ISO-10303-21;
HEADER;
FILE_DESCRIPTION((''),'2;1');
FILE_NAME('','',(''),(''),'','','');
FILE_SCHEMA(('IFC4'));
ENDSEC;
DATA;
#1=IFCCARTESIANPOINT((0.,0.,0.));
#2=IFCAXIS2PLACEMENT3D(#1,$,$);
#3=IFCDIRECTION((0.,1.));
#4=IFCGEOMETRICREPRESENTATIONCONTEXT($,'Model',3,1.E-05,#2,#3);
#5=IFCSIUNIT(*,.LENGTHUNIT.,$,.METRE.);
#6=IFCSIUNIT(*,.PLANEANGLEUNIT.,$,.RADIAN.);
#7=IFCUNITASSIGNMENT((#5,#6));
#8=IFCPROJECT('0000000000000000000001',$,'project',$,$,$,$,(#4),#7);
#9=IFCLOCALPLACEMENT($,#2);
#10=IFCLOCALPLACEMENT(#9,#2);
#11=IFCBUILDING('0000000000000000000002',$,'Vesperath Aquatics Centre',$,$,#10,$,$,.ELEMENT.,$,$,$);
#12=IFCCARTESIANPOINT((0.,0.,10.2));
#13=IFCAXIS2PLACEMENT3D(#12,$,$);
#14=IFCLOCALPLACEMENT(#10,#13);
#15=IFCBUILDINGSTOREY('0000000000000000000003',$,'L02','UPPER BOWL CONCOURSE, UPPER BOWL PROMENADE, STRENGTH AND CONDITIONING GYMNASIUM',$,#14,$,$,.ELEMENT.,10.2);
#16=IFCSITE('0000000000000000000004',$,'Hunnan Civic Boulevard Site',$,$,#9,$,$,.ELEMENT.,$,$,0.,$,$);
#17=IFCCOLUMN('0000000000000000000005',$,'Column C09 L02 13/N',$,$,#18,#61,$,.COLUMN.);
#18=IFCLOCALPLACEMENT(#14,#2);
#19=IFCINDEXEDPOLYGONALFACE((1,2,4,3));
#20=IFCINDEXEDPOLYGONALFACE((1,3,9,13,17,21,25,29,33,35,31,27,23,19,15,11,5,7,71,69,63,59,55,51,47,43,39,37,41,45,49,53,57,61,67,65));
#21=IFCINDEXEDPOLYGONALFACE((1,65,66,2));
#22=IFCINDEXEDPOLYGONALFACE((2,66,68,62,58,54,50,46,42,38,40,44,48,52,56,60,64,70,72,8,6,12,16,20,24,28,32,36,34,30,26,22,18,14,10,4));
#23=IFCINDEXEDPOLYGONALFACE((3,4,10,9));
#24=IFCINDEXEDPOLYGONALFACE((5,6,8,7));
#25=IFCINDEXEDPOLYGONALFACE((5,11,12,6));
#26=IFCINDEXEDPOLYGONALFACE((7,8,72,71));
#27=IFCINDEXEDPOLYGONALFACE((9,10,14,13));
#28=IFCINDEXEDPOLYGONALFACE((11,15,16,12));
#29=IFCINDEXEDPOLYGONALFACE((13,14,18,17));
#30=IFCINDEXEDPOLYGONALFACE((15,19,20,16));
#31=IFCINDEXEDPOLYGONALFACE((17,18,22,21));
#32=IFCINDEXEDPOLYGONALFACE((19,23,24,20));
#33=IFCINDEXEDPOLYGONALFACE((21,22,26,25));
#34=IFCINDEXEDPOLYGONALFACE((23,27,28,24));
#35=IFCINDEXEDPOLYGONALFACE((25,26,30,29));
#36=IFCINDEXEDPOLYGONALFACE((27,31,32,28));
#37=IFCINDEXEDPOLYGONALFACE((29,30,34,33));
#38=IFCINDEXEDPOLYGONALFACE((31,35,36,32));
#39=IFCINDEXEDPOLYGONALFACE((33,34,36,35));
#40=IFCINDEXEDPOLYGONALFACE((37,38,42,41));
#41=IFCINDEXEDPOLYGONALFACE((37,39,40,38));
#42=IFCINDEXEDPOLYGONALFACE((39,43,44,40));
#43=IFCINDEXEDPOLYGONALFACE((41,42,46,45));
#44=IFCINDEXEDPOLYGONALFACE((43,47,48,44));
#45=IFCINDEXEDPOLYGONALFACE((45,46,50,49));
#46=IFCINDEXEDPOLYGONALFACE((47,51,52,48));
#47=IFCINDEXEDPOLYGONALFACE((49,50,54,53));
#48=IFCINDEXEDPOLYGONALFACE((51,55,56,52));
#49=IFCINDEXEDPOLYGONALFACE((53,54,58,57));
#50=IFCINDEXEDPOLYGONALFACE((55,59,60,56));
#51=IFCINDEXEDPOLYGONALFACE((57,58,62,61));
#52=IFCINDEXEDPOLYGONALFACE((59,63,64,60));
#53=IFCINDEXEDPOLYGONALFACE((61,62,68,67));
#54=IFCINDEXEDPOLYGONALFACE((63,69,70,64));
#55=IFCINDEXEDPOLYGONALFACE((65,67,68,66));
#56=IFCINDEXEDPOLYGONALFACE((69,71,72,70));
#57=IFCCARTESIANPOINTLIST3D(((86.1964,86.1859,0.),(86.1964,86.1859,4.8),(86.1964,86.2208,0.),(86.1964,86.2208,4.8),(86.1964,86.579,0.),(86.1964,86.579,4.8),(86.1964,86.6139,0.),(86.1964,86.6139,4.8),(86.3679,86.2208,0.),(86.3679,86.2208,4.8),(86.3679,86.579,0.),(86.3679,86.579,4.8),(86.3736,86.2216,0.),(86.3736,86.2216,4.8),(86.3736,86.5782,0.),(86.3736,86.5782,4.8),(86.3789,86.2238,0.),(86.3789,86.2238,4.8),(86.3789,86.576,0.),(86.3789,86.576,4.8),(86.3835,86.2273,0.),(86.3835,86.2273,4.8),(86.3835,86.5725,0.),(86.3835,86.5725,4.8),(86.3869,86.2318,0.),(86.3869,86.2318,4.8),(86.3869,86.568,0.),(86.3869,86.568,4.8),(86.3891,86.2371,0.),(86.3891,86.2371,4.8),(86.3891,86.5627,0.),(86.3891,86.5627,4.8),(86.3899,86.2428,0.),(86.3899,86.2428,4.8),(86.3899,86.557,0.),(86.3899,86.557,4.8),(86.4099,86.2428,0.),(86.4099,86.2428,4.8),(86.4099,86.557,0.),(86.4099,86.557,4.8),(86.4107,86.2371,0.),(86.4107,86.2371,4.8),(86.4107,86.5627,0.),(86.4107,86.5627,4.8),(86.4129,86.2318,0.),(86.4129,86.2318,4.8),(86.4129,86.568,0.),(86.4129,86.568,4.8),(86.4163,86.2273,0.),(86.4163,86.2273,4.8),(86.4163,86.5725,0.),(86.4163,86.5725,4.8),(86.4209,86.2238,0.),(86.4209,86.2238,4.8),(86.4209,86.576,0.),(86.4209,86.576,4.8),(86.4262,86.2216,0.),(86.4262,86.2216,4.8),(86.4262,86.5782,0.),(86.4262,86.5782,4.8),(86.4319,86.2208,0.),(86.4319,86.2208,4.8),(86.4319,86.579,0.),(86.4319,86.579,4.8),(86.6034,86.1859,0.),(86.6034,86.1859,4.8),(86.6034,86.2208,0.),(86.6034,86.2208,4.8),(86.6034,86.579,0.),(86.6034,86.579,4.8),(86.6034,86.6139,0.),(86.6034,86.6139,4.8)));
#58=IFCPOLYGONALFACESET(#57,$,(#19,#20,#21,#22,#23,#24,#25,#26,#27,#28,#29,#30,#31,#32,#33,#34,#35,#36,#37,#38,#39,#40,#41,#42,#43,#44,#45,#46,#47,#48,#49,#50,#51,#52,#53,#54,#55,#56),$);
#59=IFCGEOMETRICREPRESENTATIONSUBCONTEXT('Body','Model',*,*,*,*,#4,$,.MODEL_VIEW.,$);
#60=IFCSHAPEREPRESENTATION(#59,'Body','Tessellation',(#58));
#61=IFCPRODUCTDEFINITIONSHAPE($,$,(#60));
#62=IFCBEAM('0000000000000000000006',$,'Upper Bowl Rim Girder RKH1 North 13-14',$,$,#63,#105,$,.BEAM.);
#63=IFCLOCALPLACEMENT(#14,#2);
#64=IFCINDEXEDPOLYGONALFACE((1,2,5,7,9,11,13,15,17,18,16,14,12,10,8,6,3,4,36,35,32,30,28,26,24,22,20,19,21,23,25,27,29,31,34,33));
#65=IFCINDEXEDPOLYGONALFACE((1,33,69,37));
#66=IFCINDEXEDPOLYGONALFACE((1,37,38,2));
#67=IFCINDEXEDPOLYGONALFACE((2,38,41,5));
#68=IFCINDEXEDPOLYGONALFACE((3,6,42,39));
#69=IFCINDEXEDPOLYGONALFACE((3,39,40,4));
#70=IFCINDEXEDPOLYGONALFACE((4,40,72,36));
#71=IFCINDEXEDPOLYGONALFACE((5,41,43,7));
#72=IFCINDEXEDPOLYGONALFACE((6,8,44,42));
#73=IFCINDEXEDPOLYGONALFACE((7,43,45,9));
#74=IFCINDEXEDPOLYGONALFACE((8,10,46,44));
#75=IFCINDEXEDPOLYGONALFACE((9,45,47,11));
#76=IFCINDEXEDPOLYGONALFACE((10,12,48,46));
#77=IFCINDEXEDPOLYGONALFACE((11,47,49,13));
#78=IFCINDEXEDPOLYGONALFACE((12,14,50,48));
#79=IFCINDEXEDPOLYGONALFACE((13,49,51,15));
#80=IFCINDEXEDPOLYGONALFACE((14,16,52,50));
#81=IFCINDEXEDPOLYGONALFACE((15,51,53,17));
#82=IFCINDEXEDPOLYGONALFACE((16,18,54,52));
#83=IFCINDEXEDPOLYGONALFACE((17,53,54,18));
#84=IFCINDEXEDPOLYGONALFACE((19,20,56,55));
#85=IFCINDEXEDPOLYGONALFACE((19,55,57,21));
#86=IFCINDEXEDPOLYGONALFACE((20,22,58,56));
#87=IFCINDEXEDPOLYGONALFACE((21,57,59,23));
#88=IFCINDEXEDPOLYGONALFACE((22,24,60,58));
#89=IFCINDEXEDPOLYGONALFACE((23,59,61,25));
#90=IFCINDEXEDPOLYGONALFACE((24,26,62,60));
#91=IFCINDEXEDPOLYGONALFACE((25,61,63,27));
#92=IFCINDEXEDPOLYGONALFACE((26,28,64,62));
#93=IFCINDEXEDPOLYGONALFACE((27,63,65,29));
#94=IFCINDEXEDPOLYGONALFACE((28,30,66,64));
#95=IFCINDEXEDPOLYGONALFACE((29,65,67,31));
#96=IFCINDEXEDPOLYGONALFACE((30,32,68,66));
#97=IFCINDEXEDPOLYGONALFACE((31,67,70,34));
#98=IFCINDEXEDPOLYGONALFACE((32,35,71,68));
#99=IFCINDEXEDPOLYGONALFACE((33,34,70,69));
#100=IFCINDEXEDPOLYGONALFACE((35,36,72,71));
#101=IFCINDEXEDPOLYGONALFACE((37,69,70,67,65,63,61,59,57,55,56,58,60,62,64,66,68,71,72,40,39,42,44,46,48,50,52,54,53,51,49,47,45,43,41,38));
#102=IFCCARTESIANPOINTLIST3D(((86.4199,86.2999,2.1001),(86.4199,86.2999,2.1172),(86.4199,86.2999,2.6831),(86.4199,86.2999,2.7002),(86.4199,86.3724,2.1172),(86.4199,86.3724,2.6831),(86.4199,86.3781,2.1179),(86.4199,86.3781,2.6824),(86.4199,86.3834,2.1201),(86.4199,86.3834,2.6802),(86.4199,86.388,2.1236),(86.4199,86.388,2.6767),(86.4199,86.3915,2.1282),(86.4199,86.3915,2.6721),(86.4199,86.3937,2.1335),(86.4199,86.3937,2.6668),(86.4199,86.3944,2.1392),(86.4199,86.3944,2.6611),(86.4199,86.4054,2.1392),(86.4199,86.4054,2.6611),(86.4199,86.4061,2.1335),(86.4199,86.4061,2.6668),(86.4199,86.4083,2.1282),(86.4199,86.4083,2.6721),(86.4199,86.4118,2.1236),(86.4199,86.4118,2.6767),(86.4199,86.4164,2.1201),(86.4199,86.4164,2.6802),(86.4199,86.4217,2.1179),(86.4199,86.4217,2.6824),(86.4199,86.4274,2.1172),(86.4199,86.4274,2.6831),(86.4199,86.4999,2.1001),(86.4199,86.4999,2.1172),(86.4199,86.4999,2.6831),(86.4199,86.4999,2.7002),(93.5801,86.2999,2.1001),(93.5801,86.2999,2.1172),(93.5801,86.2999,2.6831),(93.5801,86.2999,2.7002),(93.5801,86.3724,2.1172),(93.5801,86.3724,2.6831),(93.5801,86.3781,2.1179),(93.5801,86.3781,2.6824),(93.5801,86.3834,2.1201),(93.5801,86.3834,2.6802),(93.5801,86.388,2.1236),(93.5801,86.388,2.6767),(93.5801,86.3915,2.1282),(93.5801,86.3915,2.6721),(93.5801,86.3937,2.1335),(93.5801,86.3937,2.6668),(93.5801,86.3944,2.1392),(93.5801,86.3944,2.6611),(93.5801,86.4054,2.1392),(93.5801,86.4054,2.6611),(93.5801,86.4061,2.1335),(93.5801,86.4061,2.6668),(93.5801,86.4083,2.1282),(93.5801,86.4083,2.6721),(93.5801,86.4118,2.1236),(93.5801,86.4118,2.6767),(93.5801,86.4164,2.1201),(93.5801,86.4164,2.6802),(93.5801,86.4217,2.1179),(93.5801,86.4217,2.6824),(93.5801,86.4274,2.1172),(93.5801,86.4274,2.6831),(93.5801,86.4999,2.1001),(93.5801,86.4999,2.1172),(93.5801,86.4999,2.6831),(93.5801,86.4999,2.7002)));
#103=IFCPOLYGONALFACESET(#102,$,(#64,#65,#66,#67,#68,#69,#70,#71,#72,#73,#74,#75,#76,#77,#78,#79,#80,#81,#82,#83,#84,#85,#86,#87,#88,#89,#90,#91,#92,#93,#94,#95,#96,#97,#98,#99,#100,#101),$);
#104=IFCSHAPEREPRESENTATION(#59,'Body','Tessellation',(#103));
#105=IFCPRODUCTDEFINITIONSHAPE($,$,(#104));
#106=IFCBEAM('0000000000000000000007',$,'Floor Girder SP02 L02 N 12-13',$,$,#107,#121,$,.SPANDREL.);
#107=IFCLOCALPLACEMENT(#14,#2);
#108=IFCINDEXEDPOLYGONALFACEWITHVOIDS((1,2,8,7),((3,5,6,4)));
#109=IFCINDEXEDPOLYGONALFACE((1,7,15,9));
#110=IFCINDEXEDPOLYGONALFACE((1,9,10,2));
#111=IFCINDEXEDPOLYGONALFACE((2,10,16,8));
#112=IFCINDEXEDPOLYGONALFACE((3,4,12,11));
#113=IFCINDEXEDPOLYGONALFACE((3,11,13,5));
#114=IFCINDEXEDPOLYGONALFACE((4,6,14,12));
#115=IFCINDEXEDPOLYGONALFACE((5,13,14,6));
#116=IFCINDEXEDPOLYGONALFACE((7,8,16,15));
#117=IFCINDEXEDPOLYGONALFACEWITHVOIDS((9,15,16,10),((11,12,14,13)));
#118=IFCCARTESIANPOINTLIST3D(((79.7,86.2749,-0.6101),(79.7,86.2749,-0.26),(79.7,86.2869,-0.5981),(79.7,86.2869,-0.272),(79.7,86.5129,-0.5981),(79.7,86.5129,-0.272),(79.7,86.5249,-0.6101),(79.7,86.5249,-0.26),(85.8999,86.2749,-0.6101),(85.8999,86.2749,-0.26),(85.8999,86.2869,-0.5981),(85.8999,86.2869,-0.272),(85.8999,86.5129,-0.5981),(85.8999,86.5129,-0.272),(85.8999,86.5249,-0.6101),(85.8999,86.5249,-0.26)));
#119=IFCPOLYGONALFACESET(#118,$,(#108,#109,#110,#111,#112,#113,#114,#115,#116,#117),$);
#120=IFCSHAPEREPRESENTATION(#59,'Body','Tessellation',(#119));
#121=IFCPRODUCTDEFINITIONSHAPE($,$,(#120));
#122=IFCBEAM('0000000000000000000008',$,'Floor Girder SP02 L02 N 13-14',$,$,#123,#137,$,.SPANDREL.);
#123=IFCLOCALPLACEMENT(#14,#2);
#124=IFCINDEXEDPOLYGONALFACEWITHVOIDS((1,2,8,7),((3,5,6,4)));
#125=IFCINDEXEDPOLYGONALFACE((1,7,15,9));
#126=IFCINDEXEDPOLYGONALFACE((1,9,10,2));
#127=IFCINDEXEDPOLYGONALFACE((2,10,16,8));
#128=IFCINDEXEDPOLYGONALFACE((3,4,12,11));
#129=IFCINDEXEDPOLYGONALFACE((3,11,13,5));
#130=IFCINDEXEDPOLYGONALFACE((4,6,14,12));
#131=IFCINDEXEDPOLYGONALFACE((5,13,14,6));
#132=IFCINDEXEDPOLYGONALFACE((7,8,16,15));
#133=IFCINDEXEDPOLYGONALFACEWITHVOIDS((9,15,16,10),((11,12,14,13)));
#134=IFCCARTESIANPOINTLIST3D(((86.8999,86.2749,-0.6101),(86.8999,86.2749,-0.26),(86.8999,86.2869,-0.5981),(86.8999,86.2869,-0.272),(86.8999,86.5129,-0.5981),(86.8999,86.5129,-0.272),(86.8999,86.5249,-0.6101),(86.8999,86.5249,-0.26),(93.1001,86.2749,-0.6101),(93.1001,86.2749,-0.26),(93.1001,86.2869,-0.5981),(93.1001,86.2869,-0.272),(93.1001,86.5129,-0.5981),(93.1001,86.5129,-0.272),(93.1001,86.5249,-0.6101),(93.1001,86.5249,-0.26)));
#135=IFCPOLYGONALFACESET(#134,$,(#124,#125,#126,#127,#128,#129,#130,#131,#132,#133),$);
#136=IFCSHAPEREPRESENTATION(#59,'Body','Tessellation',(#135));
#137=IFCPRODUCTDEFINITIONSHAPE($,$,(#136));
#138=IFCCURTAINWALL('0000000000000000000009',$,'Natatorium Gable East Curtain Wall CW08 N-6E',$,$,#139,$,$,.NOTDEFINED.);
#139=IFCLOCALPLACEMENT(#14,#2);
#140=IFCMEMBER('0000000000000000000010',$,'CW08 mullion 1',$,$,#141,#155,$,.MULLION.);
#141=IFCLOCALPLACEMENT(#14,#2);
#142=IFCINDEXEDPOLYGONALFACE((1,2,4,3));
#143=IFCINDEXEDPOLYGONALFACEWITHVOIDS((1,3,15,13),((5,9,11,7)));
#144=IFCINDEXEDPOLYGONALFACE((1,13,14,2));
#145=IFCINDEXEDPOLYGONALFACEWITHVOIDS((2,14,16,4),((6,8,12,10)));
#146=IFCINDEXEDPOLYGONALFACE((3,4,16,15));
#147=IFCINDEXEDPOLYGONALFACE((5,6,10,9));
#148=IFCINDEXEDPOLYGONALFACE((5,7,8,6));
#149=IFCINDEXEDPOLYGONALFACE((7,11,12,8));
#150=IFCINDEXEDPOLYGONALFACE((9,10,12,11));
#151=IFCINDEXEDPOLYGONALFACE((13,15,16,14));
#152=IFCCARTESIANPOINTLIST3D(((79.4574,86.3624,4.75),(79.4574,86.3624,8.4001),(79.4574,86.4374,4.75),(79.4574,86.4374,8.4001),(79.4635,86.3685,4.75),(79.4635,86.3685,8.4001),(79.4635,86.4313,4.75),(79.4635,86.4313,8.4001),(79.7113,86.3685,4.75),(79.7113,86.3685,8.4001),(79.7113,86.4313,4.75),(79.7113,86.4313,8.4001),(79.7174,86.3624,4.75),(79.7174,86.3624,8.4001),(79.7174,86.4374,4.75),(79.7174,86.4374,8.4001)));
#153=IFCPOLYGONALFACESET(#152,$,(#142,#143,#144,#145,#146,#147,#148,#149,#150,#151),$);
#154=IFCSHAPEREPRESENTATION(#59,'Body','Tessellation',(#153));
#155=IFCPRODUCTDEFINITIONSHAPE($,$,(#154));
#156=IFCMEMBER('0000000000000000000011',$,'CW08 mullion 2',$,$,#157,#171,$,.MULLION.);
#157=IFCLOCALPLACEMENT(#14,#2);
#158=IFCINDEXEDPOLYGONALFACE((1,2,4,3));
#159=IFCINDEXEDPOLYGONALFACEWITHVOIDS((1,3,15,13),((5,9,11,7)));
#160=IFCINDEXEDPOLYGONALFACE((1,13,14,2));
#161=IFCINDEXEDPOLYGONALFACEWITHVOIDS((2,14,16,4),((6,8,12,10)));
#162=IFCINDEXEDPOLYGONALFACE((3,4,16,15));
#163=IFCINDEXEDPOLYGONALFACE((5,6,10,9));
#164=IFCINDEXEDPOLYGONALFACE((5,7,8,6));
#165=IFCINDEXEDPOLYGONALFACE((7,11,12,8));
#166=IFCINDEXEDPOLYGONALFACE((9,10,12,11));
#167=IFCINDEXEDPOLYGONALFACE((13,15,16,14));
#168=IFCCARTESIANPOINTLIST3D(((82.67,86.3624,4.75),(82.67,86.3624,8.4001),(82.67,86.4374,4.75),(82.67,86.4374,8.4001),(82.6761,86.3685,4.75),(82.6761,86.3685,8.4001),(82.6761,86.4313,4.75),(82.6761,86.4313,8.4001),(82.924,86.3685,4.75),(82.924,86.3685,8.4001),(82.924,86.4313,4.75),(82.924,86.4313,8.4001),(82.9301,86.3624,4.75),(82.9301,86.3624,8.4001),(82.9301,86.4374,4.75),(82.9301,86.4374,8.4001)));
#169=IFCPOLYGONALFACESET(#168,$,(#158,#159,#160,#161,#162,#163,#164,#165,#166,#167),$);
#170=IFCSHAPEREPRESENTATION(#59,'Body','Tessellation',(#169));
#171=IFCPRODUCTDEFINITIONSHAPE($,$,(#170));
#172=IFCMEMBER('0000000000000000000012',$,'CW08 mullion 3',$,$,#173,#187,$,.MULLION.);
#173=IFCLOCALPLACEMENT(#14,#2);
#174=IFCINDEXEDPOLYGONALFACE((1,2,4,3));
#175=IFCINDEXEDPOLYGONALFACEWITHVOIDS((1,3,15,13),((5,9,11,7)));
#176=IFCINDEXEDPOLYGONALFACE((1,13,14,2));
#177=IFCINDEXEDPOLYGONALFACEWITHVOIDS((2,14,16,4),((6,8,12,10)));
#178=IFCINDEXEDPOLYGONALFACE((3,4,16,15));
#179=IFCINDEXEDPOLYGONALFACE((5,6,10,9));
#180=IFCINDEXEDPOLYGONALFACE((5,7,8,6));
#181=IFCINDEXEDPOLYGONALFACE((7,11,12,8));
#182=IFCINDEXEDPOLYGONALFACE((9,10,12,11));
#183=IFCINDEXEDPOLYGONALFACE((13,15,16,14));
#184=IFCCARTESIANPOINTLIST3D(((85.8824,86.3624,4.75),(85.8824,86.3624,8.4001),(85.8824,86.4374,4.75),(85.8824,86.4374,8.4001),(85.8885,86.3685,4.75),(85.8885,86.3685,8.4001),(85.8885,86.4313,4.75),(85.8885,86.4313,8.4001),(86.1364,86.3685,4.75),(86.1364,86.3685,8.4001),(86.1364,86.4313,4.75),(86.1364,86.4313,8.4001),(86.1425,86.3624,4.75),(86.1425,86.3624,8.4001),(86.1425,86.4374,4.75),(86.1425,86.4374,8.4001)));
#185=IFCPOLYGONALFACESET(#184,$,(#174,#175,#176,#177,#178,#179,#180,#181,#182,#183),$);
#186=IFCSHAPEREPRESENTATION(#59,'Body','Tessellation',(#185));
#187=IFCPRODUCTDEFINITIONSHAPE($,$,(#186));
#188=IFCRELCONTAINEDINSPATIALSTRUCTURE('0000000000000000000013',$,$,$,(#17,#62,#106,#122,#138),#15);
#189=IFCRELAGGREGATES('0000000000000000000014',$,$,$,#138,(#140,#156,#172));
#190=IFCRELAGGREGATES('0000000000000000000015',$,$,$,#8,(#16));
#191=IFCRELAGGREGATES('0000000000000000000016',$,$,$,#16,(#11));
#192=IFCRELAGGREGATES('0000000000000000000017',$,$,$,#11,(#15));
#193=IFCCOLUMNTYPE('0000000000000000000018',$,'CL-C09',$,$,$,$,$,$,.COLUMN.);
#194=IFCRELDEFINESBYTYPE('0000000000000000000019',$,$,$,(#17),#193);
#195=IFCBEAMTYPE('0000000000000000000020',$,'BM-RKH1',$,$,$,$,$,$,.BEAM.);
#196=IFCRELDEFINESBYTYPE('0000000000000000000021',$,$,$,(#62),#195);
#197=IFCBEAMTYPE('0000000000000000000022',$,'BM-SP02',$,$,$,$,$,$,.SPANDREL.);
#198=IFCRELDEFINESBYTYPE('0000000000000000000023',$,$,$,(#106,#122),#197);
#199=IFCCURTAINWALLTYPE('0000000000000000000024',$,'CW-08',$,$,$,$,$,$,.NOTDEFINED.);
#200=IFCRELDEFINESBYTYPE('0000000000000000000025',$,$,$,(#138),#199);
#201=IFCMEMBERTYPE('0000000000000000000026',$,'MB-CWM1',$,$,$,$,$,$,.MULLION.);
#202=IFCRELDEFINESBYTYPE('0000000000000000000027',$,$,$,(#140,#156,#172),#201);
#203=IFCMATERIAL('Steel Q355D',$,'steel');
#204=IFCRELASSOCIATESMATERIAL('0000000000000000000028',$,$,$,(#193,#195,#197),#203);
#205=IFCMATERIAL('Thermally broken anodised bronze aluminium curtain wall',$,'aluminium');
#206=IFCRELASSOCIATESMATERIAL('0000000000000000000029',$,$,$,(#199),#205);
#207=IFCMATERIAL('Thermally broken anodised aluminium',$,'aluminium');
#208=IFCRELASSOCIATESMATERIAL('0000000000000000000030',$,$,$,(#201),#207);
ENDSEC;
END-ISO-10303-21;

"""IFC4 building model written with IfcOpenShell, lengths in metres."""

from ifc_helpers import new_model, si_unit, direction, frame, origin, origin_2d, place, context, subcontext, project, spatial, hollow_rectangle, i_section, extrude, material, material_profile, profile_set, type_object, element, aggregate, save


model = new_model("IFC4")

# Units and contexts
model_context = context("Model", 3, precision=1e-05, world=origin(), true_north=direction((0.0, 1.0)))
body_context = subcontext(model_context, "Body", "Model", "MODEL_VIEW")
ifc_project = project(units=[si_unit("LENGTHUNIT", "METRE"), si_unit("PLANEANGLEUNIT", "RADIAN")], contexts=[model_context])

# Site, building, storey
site_placement = place(None, origin())
site = spatial("IfcSite", under=ifc_project, at=site_placement, Name="Hunnan Civic Boulevard Site", CompositionType="ELEMENT", RefElevation=0.0)
building_placement = place(site_placement, origin())
building = spatial("IfcBuilding", under=site, at=building_placement, Name="Vesperath Aquatics Centre", CompositionType="ELEMENT")
storey_placement = place(building_placement, frame((0.0, 0.0, 10.2)))
storey = spatial("IfcBuildingStorey", under=building, at=storey_placement, Name="L02", Description="UPPER BOWL CONCOURSE, UPPER BOWL PROMENADE, STRENGTH AND CONDITIONING GYMNASIUM", CompositionType="ELEMENT", Elevation=10.2)

# Column
ifc_material_1 = material(Name="Steel Q355D", Category="steel")
ifc_material_profile_1 = material_profile(ifc_material_1, i_section(OverallWidth=0.407, OverallDepth=0.428, WebThickness=0.02, FlangeThickness=0.0349, FilletRadius=0.022, at=origin_2d()), Name="HW 428x407x20x35")
ifc_profile_set_1 = profile_set([ifc_material_profile_1], Name="Steel Q355D")
column_type = type_object("IfcColumnType", Name="CL-C09", PredefinedType="COLUMN", material=ifc_profile_set_1)
column_placement = place(storey_placement, frame((86.3999, 86.3999, 0.0), z_axis=(0.0, 0.0, 1.0), x_axis=(1.0, 0.0, 0.0)))
element("IfcColumn", 1, at=column_placement, inside=storey, type_object=column_type, Name="Column C09 L02 13/N", PredefinedType="COLUMN", context=body_context, shape_type="SweptSolid", body=[
    extrude(i_section(OverallWidth=0.407, OverallDepth=0.428, WebThickness=0.02, FlangeThickness=0.0349, FilletRadius=0.022, at=origin_2d()), origin(), (0.0, 0.0, 1.0), 4.8),
])

# Beams
ifc_material_profile_2 = material_profile(ifc_material_1, i_section(OverallWidth=0.2, OverallDepth=0.6001, WebThickness=0.011, FlangeThickness=0.0171, FilletRadius=0.022, at=origin_2d()), Name="HN 600x200x11x17")
ifc_profile_set_2 = profile_set([ifc_material_profile_2], Name="Steel Q355D")
beam_type_1 = type_object("IfcBeamType", Name="BM-RKH1", PredefinedType="BEAM", material=ifc_profile_set_2)
beam_1_placement = place(storey_placement, frame((86.4199, 86.3999, 2.4001), z_axis=(1.0, 0.0, 0.0), x_axis=(0.0, 1.0, 0.0)))
element("IfcBeam", 2, at=beam_1_placement, inside=storey, type_object=beam_type_1, Name="Upper Bowl Rim Girder RKH1 North 13-14", PredefinedType="BEAM", context=body_context, shape_type="SweptSolid", body=[
    extrude(i_section(OverallWidth=0.2, OverallDepth=0.6001, WebThickness=0.011, FlangeThickness=0.0171, FilletRadius=0.022, at=origin_2d()), origin(), (0.0, 0.0, 1.0), 7.1602),
])
ifc_material_profile_3 = material_profile(ifc_material_1, hollow_rectangle(XDim=0.25, YDim=0.3501, WallThickness=0.012, at=origin_2d()), Name="RHS 350x250x12")
ifc_profile_set_3 = profile_set([ifc_material_profile_3], Name="Steel Q355D")
beam_type_2 = type_object("IfcBeamType", Name="BM-SP02", PredefinedType="SPANDREL", material=ifc_profile_set_3)
beam_2_placement = place(storey_placement, frame((79.7, 86.3999, -0.4351), z_axis=(1.0, 0.0, 0.0), x_axis=(0.0, 1.0, 0.0)))
element("IfcBeam", 3, at=beam_2_placement, inside=storey, type_object=beam_type_2, Name="Floor Girder SP02 L02 N 12-13", PredefinedType="SPANDREL", context=body_context, shape_type="SweptSolid", body=[
    extrude(hollow_rectangle(XDim=0.25, YDim=0.3501, WallThickness=0.012, at=origin_2d()), origin(), (0.0, 0.0, 1.0), 6.2),
])
beam_3_placement = place(storey_placement, frame((86.8999, 86.3999, -0.4351), z_axis=(1.0, 0.0, 0.0), x_axis=(0.0, 1.0, 0.0)))
element("IfcBeam", 4, at=beam_3_placement, inside=storey, type_object=beam_type_2, Name="Floor Girder SP02 L02 N 13-14", PredefinedType="SPANDREL", context=body_context, shape_type="SweptSolid", body=[
    extrude(hollow_rectangle(XDim=0.25, YDim=0.3501, WallThickness=0.012, at=origin_2d()), origin(), (0.0, 0.0, 1.0), 6.2002),
])

# Curtain wall, members
ifc_material_2 = material(Name="Thermally broken anodised bronze aluminium curtain wall", Category="aluminium")
curtain_wall_type_1 = type_object("IfcCurtainWallType", Name="CW-08", PredefinedType="NOTDEFINED", material=ifc_material_2)
curtain_wall_1_placement = place(storey_placement, origin())
curtain_wall_1 = element("IfcCurtainWall", 5, at=curtain_wall_1_placement, inside=storey, type_object=curtain_wall_type_1, Name="Natatorium Gable East Curtain Wall CW08 N-6E", PredefinedType="NOTDEFINED")
ifc_material_3 = material(Name="Thermally broken anodised aluminium", Category="aluminium")
ifc_material_profile_4 = material_profile(ifc_material_3, hollow_rectangle(XDim=0.075, YDim=0.26, WallThickness=0.0061, at=origin_2d()), Name="CWM 75x260x6")
ifc_profile_set_4 = profile_set([ifc_material_profile_4], Name="Thermally broken anodised aluminium")
member_type_1 = type_object("IfcMemberType", Name="MB-CWM1", PredefinedType="MULLION", material=ifc_profile_set_4)
member_1_placement = place(storey_placement, frame((79.5874, 86.3999, 4.75), z_axis=(0.0, 0.0, 1.0), x_axis=(0.0, 1.0, 0.0)))
member_1 = element("IfcMember", 6, at=member_1_placement, type_object=member_type_1, Name="CW08 mullion 1", PredefinedType="MULLION", context=body_context, shape_type="SweptSolid", body=[
    extrude(hollow_rectangle(XDim=0.075, YDim=0.26, WallThickness=0.0061, at=origin_2d()), origin(), (0.0, 0.0, 1.0), 3.6501),
])
member_2_placement = place(storey_placement, frame((82.8, 86.3999, 4.75), z_axis=(0.0, 0.0, 1.0), x_axis=(0.0, 1.0, 0.0)))
member_2 = element("IfcMember", 7, at=member_2_placement, type_object=member_type_1, Name="CW08 mullion 2", PredefinedType="MULLION", context=body_context, shape_type="SweptSolid", body=[
    extrude(hollow_rectangle(XDim=0.075, YDim=0.26, WallThickness=0.0061, at=origin_2d()), origin(), (0.0, 0.0, 1.0), 3.6501),
])
member_3_placement = place(storey_placement, frame((86.0125, 86.3999, 4.75), z_axis=(0.0, 0.0, 1.0), x_axis=(0.0, 1.0, 0.0)))
member_3 = element("IfcMember", 8, at=member_3_placement, type_object=member_type_1, Name="CW08 mullion 3", PredefinedType="MULLION", context=body_context, shape_type="SweptSolid", body=[
    extrude(hollow_rectangle(XDim=0.075, YDim=0.26, WallThickness=0.0061, at=origin_2d()), origin(), (0.0, 0.0, 1.0), 3.6501),
])

aggregate(curtain_wall_1, [member_1, member_2, member_3])

save(model, "model.ifc")
